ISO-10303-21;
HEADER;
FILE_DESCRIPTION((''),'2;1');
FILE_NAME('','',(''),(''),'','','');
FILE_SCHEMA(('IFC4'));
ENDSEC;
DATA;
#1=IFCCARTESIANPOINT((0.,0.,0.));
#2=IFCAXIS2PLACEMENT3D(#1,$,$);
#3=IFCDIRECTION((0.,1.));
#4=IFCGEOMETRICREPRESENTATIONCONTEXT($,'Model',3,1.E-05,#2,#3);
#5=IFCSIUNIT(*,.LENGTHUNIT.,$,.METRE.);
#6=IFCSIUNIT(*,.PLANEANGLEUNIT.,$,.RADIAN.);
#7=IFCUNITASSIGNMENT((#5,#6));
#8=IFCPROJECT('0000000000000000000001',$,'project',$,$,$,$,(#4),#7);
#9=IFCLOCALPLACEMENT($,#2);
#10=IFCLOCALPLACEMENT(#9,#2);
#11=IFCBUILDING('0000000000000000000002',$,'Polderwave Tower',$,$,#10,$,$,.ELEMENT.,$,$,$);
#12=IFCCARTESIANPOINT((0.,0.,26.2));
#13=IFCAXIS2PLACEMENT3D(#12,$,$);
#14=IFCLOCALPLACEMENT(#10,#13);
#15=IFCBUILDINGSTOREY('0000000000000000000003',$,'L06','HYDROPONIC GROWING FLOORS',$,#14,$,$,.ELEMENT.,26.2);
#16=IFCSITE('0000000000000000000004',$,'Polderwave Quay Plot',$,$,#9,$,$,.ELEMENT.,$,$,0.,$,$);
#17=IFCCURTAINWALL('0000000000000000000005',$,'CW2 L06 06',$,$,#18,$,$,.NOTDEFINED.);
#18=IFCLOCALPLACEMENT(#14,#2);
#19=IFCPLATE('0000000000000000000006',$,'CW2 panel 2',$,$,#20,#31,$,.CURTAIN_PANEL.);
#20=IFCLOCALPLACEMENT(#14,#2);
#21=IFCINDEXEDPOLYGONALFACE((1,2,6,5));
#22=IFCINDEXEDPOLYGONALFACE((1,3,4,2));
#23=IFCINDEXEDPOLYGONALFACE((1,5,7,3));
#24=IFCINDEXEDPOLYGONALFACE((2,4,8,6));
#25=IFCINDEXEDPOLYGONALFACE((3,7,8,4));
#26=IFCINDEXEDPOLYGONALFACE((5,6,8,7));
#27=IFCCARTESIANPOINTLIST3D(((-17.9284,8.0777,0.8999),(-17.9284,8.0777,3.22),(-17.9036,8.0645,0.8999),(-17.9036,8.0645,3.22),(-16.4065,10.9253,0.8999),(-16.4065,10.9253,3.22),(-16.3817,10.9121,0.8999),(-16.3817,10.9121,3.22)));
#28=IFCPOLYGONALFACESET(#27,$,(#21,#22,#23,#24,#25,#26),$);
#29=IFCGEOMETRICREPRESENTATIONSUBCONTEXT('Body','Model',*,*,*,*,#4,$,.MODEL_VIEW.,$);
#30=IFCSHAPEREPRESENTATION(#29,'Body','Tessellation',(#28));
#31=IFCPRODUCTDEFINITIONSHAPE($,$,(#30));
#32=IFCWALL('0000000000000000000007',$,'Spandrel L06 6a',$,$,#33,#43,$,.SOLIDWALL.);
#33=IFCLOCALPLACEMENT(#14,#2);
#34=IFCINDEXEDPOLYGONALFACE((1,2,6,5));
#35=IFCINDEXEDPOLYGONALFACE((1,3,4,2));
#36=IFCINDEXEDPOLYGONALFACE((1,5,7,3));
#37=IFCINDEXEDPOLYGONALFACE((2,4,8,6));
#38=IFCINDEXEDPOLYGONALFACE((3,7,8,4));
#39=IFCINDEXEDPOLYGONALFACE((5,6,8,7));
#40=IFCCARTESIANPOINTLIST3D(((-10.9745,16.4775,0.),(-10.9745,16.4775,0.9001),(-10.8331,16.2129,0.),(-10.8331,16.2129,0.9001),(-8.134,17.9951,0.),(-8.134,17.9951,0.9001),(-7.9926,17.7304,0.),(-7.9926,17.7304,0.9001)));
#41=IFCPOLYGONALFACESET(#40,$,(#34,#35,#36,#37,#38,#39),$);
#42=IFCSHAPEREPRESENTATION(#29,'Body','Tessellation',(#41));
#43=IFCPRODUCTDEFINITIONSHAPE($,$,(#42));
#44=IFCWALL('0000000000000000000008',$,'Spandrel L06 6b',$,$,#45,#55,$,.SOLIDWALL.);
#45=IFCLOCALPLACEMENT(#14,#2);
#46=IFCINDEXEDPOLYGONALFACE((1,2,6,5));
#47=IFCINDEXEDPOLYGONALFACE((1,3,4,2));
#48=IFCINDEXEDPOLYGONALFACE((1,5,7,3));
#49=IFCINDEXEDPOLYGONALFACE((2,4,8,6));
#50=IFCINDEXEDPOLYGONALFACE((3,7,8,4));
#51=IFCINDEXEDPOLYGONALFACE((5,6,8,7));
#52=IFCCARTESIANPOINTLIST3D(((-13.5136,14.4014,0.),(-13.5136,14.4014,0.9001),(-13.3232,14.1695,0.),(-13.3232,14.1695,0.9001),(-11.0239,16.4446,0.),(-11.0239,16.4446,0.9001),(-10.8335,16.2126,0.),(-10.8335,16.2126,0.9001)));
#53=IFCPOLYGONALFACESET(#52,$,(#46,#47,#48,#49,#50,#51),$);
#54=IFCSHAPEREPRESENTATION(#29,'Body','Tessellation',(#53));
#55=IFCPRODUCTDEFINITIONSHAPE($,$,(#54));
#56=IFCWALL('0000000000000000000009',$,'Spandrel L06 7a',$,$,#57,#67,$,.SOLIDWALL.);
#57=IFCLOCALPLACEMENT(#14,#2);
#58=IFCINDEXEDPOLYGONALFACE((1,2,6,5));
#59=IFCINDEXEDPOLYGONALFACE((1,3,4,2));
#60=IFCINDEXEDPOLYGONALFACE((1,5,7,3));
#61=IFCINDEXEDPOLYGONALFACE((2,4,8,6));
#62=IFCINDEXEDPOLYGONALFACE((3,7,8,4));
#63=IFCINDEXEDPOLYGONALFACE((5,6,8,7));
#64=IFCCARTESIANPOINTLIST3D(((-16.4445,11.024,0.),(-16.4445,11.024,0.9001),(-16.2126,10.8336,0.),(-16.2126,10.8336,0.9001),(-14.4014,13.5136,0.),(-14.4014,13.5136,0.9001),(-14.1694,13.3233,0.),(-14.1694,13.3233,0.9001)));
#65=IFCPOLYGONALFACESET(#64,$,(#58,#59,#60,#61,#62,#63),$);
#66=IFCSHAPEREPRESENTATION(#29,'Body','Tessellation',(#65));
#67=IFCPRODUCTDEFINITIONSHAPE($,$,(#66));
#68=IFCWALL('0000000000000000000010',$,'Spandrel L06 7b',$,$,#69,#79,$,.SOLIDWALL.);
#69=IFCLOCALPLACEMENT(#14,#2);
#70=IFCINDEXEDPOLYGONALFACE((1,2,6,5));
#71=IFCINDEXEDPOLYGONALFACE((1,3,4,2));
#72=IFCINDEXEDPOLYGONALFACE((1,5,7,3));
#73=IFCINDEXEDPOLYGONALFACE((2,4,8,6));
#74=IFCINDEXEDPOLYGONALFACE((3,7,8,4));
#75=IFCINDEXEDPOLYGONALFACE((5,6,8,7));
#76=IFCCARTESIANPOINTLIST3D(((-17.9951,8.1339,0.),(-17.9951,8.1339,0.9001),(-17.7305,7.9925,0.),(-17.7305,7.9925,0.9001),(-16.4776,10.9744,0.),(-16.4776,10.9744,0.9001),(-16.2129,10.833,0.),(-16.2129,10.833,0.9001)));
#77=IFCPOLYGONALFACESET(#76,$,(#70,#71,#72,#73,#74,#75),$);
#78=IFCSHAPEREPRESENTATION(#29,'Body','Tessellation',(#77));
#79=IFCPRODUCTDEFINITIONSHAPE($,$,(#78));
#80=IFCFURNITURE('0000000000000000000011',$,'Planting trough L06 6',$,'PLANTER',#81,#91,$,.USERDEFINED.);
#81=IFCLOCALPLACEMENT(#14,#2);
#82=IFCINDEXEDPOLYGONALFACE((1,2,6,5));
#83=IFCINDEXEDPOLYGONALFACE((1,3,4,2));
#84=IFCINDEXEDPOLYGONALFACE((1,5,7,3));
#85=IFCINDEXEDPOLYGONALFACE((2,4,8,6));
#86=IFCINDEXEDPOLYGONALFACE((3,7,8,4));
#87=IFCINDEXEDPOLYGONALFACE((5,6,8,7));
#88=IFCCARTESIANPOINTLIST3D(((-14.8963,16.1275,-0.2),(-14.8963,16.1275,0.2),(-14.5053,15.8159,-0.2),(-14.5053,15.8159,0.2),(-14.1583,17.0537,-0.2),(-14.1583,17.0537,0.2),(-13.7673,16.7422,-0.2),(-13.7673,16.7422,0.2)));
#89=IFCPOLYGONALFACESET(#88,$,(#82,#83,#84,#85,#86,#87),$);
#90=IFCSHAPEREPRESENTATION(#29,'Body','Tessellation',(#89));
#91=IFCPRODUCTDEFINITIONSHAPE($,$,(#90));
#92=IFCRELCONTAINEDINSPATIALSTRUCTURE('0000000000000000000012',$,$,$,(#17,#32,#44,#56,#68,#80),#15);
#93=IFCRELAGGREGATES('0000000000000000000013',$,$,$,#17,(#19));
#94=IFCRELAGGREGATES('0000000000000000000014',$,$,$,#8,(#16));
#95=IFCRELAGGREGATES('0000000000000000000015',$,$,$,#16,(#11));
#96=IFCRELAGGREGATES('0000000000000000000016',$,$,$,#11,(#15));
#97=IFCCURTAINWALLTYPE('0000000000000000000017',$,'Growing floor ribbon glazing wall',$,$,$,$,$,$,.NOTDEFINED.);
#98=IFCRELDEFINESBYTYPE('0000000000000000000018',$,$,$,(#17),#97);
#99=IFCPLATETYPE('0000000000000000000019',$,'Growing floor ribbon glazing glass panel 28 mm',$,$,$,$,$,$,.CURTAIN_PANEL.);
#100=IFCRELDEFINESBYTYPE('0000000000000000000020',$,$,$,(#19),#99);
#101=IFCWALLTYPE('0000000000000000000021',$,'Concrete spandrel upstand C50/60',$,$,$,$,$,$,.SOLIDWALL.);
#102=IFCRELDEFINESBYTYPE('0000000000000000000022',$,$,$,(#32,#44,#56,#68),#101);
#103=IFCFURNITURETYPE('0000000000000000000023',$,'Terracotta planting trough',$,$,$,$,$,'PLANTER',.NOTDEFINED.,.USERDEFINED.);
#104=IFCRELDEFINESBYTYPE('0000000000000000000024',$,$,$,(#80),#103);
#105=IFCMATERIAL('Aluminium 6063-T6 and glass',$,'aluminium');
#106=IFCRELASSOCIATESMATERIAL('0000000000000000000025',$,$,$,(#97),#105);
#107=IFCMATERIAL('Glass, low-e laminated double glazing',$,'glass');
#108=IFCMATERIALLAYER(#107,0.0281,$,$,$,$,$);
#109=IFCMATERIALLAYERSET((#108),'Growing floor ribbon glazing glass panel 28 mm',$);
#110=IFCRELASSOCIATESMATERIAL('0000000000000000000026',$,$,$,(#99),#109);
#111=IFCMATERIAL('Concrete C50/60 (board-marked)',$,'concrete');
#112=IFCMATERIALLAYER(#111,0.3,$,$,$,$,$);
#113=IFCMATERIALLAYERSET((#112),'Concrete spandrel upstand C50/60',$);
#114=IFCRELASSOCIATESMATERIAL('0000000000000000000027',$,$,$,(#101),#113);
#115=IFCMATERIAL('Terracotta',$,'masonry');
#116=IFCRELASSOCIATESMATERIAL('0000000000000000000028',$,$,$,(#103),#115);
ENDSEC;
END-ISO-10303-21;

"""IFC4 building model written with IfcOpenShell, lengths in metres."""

from ifc_helpers import new_model, si_unit, direction, frame, frame_2d, origin, origin_2d, place, context, subcontext, project, spatial, rectangle, extrude, material, layer, layer_set, type_object, element, aggregate, save


model = new_model("IFC4")

# Units and contexts
model_context = context("Model", 3, precision=1e-05, world=origin(), true_north=direction((0.0, 1.0)))
body_context = subcontext(model_context, "Body", "Model", "MODEL_VIEW")
ifc_project = project(units=[si_unit("LENGTHUNIT", "METRE"), si_unit("PLANEANGLEUNIT", "RADIAN")], contexts=[model_context])

# Site, building, storey
site_placement = place(None, origin())
site = spatial("IfcSite", under=ifc_project, at=site_placement, Name="Polderwave Quay Plot", CompositionType="ELEMENT", RefElevation=0.0)
building_placement = place(site_placement, origin())
building = spatial("IfcBuilding", under=site, at=building_placement, Name="Polderwave Tower", CompositionType="ELEMENT")
storey_placement = place(building_placement, frame((0.0, 0.0, 26.2)))
storey = spatial("IfcBuildingStorey", under=building, at=storey_placement, Name="L06", Description="HYDROPONIC GROWING FLOORS", CompositionType="ELEMENT", Elevation=26.2)

# Curtain wall
ifc_material_1 = material(Name="Aluminium 6063-T6 and glass", Category="aluminium")
curtain_wall_type = type_object("IfcCurtainWallType", Name="Growing floor ribbon glazing wall", PredefinedType="NOTDEFINED", material=ifc_material_1)
curtain_wall_1_placement = place(storey_placement, origin())
curtain_wall_1 = element("IfcCurtainWall", 1, at=curtain_wall_1_placement, inside=storey, type_object=curtain_wall_type, Name="CW2 L06 06", PredefinedType="NOTDEFINED")

# Plate
ifc_material_2 = material(Name="Glass, low-e laminated double glazing", Category="glass")
ifc_layer_1 = layer(ifc_material_2, 0.0281)
ifc_layer_set_1 = layer_set([ifc_layer_1], Name="Growing floor ribbon glazing glass panel 28 mm")
plate_type = type_object("IfcPlateType", Name="Growing floor ribbon glazing glass panel 28 mm", PredefinedType="CURTAIN_PANEL", material=ifc_layer_set_1)
plate_1_placement = place(storey_placement, frame((-17.155, 9.4949, 0.8999), z_axis=(0.0, 0.0, 1.0), x_axis=(-0.471352, -0.881945, 0.0)))
plate_1 = element("IfcPlate", 2, at=plate_1_placement, type_object=plate_type, Name="CW2 panel 2", PredefinedType="CURTAIN_PANEL", context=body_context, shape_type="SweptSolid", body=[
    extrude(rectangle(XDim=3.2288, YDim=0.0281, at=origin_2d()), origin(), (0.0, 0.0, 1.0), 2.3201),
])
aggregate(curtain_wall_1, [plate_1])

# Walls
ifc_material_3 = material(Name="Concrete C50/60 (board-marked)", Category="concrete")
ifc_layer_2 = layer(ifc_material_3, 0.3)
ifc_layer_set_2 = layer_set([ifc_layer_2], Name="Concrete spandrel upstand C50/60")
wall_type = type_object("IfcWallType", Name="Concrete spandrel upstand C50/60", PredefinedType="SOLIDWALL", material=ifc_layer_set_2)
wall_1_placement = place(storey_placement, frame((-8.0632, 17.8628, 0.0), z_axis=(0.0, 0.0, 1.0), x_axis=(-0.882017, -0.471218, 0.0)))
element("IfcWall", 3, at=wall_1_placement, inside=storey, type_object=wall_type, Name="Spandrel L06 6a", PredefinedType="SOLIDWALL", context=body_context, shape_type="SweptSolid", body=[
    extrude(rectangle(XDim=3.2205, YDim=0.3, at=frame_2d((1.6104, 0.0))), origin(), (0.0, 0.0, 1.0), 0.9001),
])
for number, where, z_axis, x_axis, name in (
    (4, (-10.9287, 16.3286, 0.0), (0.0, 0.0, 1.0), (-0.773021, -0.63438, 0.0), "Spandrel L06 6b"),
    (5, (-14.2854, 13.4185, 0.0), (0.0, 0.0, 1.0), (-0.63438, -0.773021, 0.0), "Spandrel L06 7a"),
):
    element("IfcWall", number, at=place(storey_placement, frame(where, z_axis=z_axis, x_axis=x_axis)), inside=storey, type_object=wall_type, Name=name, PredefinedType="SOLIDWALL", context=body_context, shape_type="SweptSolid", body=[
        extrude(rectangle(XDim=3.2207, YDim=0.3, at=frame_2d((1.6104, 0.0))), origin(), (0.0, 0.0, 1.0), 0.9001),
    ])
wall_2_placement = place(storey_placement, frame((-16.3452, 10.9038, 0.0), z_axis=(0.0, 0.0, 1.0), x_axis=(-0.471218, -0.882017, 0.0)))
element("IfcWall", 6, at=wall_2_placement, inside=storey, type_object=wall_type, Name="Spandrel L06 7b", PredefinedType="SOLIDWALL", context=body_context, shape_type="SweptSolid", body=[
    extrude(rectangle(XDim=3.2205, YDim=0.3, at=frame_2d((1.6104, 0.0))), origin(), (0.0, 0.0, 1.0), 0.9001),
])

# Furniture
ifc_material_4 = material(Name="Terracotta", Category="masonry")
furniture_type = type_object("IfcFurnitureType", Name="Terracotta planting trough", ElementType="PLANTER", AssemblyPlace="NOTDEFINED", PredefinedType="USERDEFINED", material=ifc_material_4)
furniture_placement = place(storey_placement, frame((-14.3318, 16.4348, -0.2), z_axis=(0.0, 0.0, 1.0), x_axis=(-0.623135, -0.782115, 0.0)))
element("IfcFurniture", 7, at=furniture_placement, inside=storey, type_object=furniture_type, Name="Planting trough L06 6", ObjectType="PLANTER", PredefinedType="USERDEFINED", context=body_context, shape_type="SweptSolid", body=[
    extrude(rectangle(XDim=1.1843, YDim=0.5, at=origin_2d()), origin(), (0.0, 0.0, 1.0), 0.3999),
])

save(model, "model.ifc")
